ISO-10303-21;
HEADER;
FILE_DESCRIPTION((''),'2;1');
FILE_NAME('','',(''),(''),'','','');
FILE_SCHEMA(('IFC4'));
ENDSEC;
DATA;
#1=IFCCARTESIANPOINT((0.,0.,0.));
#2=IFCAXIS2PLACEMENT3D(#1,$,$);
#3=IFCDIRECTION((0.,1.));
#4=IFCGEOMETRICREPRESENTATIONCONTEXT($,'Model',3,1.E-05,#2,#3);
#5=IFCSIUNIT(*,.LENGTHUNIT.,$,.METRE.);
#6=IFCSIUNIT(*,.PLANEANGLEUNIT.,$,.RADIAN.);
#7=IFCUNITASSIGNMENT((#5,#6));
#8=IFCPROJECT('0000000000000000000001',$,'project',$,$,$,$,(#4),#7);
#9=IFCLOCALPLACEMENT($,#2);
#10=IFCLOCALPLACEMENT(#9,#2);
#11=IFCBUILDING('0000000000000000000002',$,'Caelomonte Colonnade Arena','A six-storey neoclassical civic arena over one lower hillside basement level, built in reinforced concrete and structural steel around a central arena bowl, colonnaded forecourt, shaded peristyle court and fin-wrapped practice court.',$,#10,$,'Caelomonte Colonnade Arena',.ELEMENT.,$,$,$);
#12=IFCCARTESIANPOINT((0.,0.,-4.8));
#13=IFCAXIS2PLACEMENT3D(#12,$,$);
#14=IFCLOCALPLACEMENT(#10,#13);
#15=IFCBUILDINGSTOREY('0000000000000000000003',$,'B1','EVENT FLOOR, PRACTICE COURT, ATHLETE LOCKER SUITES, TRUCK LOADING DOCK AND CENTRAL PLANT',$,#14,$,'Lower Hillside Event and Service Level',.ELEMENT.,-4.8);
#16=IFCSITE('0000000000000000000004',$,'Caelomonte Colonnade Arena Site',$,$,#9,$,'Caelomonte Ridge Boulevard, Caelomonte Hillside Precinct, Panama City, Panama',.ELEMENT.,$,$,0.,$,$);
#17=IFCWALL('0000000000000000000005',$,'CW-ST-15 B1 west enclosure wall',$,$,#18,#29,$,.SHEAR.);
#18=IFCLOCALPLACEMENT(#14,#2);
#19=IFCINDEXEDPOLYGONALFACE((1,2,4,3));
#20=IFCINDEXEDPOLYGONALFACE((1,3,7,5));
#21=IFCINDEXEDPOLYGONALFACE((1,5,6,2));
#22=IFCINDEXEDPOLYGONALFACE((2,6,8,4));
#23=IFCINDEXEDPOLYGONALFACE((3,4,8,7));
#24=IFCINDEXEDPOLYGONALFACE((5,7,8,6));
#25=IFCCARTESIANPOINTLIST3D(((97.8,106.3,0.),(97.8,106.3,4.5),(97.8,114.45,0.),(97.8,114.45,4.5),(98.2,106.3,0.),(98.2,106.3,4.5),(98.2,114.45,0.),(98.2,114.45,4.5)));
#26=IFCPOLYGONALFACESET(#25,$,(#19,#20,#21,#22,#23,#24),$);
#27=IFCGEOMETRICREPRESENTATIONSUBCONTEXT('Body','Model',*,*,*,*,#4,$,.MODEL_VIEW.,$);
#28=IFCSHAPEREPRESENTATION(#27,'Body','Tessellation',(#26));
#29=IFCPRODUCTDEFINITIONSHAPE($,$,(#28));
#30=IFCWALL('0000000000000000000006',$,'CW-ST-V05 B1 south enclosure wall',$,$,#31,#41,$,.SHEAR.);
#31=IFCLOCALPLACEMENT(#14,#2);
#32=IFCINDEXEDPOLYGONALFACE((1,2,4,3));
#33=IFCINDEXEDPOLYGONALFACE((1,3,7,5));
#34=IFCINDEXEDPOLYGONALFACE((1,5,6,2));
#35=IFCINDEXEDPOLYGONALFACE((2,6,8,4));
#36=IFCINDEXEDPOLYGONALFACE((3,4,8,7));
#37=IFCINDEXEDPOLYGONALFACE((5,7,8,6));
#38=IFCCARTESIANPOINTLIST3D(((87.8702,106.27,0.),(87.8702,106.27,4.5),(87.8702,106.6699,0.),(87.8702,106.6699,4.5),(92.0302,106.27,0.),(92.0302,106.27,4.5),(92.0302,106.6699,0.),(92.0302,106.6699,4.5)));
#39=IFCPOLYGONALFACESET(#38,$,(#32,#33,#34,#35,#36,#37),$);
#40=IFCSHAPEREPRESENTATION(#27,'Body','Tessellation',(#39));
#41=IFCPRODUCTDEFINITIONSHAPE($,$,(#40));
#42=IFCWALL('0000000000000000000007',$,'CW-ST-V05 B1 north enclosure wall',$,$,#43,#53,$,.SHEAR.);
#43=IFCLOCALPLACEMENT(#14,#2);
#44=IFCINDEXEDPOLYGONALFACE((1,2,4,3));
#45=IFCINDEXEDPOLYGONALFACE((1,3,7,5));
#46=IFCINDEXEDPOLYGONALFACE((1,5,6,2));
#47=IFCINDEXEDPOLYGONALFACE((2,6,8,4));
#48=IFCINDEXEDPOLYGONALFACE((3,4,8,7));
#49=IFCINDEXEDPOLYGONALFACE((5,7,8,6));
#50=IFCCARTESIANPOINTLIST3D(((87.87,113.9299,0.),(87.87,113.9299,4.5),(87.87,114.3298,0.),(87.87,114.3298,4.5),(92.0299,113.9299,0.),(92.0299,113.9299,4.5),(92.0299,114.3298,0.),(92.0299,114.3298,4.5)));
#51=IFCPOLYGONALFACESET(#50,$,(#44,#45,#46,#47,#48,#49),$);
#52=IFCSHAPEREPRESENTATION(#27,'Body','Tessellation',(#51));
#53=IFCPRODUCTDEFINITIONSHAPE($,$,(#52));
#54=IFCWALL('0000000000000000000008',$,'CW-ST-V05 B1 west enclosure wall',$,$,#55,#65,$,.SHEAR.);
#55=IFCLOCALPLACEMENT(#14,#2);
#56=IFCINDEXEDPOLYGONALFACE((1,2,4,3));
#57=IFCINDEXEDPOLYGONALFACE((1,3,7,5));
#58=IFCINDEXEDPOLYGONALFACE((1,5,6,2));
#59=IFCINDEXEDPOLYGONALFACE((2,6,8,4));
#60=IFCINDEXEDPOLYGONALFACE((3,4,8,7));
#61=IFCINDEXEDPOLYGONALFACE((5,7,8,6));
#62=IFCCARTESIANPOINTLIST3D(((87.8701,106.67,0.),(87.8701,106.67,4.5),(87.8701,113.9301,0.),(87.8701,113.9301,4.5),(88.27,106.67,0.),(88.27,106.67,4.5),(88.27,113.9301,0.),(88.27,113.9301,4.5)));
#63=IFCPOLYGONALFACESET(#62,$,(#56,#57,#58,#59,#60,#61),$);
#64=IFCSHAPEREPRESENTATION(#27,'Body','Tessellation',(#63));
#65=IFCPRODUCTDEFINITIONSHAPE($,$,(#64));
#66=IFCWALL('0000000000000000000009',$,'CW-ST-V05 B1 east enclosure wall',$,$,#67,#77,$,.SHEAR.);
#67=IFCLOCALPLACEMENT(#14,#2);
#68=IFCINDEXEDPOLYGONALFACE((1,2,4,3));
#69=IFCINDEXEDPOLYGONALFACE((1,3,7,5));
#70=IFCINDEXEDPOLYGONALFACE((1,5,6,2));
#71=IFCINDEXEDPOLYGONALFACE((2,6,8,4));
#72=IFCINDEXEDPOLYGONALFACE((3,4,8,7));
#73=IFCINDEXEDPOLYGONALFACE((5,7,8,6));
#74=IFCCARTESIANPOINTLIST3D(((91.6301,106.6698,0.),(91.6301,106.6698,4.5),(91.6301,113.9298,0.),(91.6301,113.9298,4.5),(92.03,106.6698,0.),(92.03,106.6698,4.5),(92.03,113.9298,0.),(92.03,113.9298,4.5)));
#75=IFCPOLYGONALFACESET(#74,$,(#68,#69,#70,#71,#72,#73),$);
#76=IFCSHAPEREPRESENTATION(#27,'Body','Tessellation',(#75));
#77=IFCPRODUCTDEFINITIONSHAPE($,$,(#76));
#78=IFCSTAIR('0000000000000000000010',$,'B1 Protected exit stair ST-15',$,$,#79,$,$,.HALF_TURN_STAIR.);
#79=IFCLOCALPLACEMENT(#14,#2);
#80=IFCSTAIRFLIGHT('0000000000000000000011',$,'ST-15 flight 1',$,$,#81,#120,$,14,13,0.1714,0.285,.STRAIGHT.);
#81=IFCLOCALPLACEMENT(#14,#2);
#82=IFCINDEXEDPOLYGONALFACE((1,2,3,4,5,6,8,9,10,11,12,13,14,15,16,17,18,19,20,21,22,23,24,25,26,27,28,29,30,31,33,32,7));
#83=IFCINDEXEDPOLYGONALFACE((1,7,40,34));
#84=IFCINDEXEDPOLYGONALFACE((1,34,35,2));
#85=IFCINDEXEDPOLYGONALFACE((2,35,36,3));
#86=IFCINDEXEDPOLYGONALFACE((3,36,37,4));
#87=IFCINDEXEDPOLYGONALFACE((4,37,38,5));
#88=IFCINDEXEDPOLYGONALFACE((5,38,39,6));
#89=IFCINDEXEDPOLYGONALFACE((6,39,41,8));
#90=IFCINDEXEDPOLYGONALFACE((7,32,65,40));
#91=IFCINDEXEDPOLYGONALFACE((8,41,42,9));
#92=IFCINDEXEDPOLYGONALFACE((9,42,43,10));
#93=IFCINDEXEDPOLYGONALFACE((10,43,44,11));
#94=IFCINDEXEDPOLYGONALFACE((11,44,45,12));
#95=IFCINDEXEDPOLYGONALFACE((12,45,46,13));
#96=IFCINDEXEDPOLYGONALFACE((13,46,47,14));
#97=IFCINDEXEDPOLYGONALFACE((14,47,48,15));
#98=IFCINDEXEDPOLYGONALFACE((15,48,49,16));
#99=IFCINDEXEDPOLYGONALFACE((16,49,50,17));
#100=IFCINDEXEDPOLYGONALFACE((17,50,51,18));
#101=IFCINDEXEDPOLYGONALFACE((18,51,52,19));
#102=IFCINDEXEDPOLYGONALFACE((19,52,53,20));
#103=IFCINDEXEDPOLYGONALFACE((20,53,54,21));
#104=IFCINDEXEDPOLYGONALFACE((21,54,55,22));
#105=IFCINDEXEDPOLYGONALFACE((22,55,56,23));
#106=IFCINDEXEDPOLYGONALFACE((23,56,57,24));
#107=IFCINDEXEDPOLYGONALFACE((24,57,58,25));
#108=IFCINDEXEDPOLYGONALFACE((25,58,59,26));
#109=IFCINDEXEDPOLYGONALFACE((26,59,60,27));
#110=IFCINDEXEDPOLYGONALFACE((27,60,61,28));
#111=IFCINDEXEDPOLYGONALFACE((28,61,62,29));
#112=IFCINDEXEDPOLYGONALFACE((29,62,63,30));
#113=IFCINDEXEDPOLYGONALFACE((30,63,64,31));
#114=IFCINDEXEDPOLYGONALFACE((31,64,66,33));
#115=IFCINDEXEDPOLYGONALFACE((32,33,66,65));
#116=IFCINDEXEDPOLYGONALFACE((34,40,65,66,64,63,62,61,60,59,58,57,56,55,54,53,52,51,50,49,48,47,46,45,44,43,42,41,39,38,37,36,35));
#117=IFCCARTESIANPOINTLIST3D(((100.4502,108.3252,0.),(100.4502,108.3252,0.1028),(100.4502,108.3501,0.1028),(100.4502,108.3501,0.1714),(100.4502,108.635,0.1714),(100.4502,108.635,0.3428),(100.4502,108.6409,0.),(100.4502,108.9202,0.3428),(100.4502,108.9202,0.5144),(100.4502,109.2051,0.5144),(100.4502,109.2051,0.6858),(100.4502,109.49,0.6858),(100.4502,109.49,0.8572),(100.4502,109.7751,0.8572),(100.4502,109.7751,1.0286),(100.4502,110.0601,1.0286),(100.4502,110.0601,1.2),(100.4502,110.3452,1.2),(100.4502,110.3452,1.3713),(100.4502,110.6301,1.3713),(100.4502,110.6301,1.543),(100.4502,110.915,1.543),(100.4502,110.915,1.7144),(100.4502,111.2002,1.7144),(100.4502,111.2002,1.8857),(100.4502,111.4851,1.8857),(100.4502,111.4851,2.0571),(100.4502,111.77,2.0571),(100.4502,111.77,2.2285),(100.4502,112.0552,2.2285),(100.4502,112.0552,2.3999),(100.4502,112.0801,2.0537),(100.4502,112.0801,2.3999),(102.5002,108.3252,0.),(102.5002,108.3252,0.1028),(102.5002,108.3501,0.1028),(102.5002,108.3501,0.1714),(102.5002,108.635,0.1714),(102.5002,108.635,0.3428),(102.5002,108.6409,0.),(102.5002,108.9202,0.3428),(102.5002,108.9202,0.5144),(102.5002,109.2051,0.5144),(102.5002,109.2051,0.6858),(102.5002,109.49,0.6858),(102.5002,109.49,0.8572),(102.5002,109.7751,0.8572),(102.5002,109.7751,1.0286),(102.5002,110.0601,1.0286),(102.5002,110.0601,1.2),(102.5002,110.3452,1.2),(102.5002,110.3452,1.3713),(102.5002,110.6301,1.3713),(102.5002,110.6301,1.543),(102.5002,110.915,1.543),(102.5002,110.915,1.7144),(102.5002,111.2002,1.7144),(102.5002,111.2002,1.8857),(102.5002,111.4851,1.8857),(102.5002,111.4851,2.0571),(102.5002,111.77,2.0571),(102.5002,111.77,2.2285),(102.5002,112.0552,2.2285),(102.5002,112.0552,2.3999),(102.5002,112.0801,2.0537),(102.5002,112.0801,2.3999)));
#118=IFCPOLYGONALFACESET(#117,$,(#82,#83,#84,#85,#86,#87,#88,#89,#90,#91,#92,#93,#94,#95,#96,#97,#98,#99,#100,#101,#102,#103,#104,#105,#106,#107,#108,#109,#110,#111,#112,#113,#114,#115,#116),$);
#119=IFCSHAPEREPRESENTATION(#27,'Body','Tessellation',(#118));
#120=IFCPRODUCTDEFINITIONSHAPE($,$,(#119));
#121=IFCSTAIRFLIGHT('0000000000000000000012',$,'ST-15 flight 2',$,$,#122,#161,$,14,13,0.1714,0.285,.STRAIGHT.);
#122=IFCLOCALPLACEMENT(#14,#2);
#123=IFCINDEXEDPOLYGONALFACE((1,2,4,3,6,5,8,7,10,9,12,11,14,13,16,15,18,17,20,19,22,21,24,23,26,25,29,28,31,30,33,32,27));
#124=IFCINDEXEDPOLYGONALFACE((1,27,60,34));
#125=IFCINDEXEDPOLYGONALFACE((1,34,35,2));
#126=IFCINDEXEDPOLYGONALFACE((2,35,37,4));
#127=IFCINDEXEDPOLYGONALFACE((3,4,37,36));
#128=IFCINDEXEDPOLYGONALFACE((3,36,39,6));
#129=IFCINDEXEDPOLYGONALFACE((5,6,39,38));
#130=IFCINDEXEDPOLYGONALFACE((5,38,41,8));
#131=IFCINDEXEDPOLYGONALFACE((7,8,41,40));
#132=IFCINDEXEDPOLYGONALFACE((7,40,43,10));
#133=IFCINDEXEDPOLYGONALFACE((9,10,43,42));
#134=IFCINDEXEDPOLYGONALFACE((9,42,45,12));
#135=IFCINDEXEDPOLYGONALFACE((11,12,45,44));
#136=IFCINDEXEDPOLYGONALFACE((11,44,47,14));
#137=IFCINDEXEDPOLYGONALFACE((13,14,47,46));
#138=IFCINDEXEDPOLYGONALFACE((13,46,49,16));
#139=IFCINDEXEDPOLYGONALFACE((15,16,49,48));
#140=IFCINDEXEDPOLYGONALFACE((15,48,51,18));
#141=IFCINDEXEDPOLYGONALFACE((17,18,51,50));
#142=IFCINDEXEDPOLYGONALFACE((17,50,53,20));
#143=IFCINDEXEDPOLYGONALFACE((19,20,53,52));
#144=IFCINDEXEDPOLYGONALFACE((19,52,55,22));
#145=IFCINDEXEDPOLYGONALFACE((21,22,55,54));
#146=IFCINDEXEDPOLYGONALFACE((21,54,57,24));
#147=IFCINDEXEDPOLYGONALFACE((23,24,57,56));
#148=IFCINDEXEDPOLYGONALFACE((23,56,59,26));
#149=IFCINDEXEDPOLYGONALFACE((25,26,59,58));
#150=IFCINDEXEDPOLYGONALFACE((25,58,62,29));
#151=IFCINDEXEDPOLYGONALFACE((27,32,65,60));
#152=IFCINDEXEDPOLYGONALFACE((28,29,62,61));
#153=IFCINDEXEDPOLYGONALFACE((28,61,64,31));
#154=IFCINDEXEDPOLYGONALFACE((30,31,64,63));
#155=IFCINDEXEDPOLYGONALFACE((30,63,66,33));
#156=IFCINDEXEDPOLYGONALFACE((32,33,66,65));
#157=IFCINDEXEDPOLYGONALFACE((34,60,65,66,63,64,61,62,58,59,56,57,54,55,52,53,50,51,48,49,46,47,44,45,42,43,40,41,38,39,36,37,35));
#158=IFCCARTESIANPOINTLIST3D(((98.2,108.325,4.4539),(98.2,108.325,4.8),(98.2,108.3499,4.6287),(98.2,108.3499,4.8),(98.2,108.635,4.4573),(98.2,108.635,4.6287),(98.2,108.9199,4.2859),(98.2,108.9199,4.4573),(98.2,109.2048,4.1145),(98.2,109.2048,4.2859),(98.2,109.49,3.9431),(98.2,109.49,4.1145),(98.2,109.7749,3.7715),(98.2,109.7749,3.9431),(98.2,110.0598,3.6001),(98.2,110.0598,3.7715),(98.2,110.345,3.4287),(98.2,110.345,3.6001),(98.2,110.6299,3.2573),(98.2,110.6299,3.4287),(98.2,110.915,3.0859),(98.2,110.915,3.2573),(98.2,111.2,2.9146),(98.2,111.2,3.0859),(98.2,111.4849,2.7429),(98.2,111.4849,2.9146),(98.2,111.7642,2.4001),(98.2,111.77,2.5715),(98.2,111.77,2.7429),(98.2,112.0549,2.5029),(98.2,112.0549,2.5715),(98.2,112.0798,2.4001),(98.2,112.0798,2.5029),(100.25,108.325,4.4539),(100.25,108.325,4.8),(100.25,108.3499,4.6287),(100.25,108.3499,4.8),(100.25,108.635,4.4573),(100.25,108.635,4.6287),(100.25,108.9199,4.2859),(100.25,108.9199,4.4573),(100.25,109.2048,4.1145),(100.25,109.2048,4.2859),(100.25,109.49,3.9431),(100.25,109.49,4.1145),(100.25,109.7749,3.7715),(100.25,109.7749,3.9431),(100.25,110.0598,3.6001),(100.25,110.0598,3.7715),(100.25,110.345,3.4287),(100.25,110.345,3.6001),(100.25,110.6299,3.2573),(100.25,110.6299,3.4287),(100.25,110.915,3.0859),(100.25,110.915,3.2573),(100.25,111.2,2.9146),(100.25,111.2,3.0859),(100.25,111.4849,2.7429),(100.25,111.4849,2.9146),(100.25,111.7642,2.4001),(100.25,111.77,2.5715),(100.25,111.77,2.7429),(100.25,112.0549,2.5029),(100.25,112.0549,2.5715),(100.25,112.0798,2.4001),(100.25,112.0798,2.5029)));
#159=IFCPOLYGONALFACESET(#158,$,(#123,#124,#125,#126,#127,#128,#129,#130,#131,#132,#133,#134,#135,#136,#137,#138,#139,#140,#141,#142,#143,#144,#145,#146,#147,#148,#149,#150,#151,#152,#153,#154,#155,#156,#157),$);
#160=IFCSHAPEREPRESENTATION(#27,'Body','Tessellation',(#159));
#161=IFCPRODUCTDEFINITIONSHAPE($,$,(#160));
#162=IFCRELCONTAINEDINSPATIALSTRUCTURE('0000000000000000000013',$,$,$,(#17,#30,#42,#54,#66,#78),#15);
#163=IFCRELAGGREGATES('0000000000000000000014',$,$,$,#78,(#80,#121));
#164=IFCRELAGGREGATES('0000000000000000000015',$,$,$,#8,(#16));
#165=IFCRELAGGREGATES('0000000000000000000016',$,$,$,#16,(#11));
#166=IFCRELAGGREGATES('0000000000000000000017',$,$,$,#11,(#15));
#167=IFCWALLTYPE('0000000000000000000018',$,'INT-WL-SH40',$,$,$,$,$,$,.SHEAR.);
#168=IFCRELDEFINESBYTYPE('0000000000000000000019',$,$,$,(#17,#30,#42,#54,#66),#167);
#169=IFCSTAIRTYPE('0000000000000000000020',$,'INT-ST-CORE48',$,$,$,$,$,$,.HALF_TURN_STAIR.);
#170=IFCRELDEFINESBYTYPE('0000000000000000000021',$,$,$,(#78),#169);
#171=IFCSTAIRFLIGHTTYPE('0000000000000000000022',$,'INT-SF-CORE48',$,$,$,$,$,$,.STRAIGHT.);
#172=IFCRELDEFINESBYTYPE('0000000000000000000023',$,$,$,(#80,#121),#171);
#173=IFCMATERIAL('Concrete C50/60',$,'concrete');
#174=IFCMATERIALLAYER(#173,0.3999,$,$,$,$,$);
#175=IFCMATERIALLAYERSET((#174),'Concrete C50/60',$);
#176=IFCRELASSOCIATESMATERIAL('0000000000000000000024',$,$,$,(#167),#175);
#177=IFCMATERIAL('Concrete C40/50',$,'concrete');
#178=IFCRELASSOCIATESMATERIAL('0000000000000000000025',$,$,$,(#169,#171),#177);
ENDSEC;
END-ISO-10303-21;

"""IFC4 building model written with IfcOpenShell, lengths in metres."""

from ifc_helpers import new_model, si_unit, direction, frame, frame_2d, origin, place, context, subcontext, project, spatial, polyline, rectangle, outline, extrude, material, layer, layer_set, type_object, element, aggregate, save


model = new_model("IFC4")

# Units and contexts
model_context = context("Model", 3, precision=1e-05, world=origin(), true_north=direction((0.0, 1.0)))
body_context = subcontext(model_context, "Body", "Model", "MODEL_VIEW")
ifc_project = project(units=[si_unit("LENGTHUNIT", "METRE"), si_unit("PLANEANGLEUNIT", "RADIAN")], contexts=[model_context])

# Site, building, storey
site_placement = place(None, origin())
site = spatial("IfcSite", under=ifc_project, at=site_placement, Name="Caelomonte Colonnade Arena Site", LongName="Caelomonte Ridge Boulevard, Caelomonte Hillside Precinct, Panama City, Panama", CompositionType="ELEMENT", RefElevation=0.0)
building_placement = place(site_placement, origin())
building = spatial("IfcBuilding", under=site, at=building_placement, Name="Caelomonte Colonnade Arena", Description="A six-storey neoclassical civic arena over one lower hillside basement level, built in reinforced concrete and structural steel around a central arena bowl, colonnaded forecourt, shaded peristyle court and fin-wrapped practice court.", LongName="Caelomonte Colonnade Arena", CompositionType="ELEMENT")
storey_placement = place(building_placement, frame((0.0, 0.0, -4.8)))
storey = spatial("IfcBuildingStorey", under=building, at=storey_placement, Name="B1", Description="EVENT FLOOR, PRACTICE COURT, ATHLETE LOCKER SUITES, TRUCK LOADING DOCK AND CENTRAL PLANT", LongName="Lower Hillside Event and Service Level", CompositionType="ELEMENT", Elevation=-4.8)

# Shared definitions
ifc_material_1 = material(Name="Concrete C40/50", Category="concrete")

# Shared definitions
ifc_material_2 = material(Name="Concrete C50/60", Category="concrete")

# Shared definitions
ifc_layer_1 = layer(ifc_material_2, 0.3999)
ifc_layer_set_1 = layer_set([ifc_layer_1], Name="Concrete C50/60")
wall_type_1 = type_object("IfcWallType", Name="INT-WL-SH40", PredefinedType="SHEAR", material=ifc_layer_set_1)

# Walls
wall_1_placement = place(storey_placement, frame((98.0, 114.45, 0.0), z_axis=(0.0, 0.0, 1.0), x_axis=(0.0, -1.0, 0.0)))
element("IfcWall", 1, at=wall_1_placement, inside=storey, type_object=wall_type_1, Name="CW-ST-15 B1 west enclosure wall", PredefinedType="SHEAR", context=body_context, shape_type="SweptSolid", body=[
    extrude(rectangle(XDim=8.1499, YDim=0.3999, at=frame_2d((4.075, 0.0))), origin(), (0.0, 0.0, 1.0), 4.5),
])
for number, where, z_axis, x_axis, name in (
    (2, (87.8701, 106.47, 0.0), (0.0, 0.0, 1.0), (1.0, 0.0, 0.0), "CW-ST-V05 B1 south enclosure wall"),
    (3, (92.03, 114.1299, 0.0), (0.0, 0.0, 1.0), (-1.0, 0.0, 0.0), "CW-ST-V05 B1 north enclosure wall"),
):
    element("IfcWall", number, at=place(storey_placement, frame(where, z_axis=z_axis, x_axis=x_axis)), inside=storey, type_object=wall_type_1, Name=name, PredefinedType="SHEAR", context=body_context, shape_type="SweptSolid", body=[
        extrude(rectangle(XDim=4.1599, YDim=0.3999, at=frame_2d((2.0801, 0.0))), origin(), (0.0, 0.0, 1.0), 4.5),
    ])
for number, where, z_axis, x_axis, name in (
    (4, (88.0701, 113.9299, 0.0), (0.0, 0.0, 1.0), (0.0, -1.0, 0.0), "CW-ST-V05 B1 west enclosure wall"),
    (5, (91.8301, 106.6699, 0.0), (0.0, 0.0, 1.0), (0.0, 1.0, 0.0), "CW-ST-V05 B1 east enclosure wall"),
):
    element("IfcWall", number, at=place(storey_placement, frame(where, z_axis=z_axis, x_axis=x_axis)), inside=storey, type_object=wall_type_1, Name=name, PredefinedType="SHEAR", context=body_context, shape_type="SweptSolid", body=[
        extrude(rectangle(XDim=7.26, YDim=0.3999, at=frame_2d((3.6299, 0.0))), origin(), (0.0, 0.0, 1.0), 4.5),
    ])

# Stair, stair flights
stair_type = type_object("IfcStairType", Name="INT-ST-CORE48", PredefinedType="HALF_TURN_STAIR", material=ifc_material_1)
stair_placement = place(storey_placement, origin())
stair = element("IfcStair", 6, at=stair_placement, inside=storey, type_object=stair_type, Name="B1 Protected exit stair ST-15", PredefinedType="HALF_TURN_STAIR")
stair_flight_type = type_object("IfcStairFlightType", Name="INT-SF-CORE48", PredefinedType="STRAIGHT", material=ifc_material_1)
stair_flight_1_placement = place(storey_placement, frame((101.4751, 108.3501, 0.0), z_axis=(0.0, 0.0, 1.0), x_axis=(0.0, 1.0, 0.0)))
stair_flight_1 = element("IfcStairFlight", 7, at=stair_flight_1_placement, type_object=stair_flight_type, Name="ST-15 flight 1", NumberOfRisers=14, NumberOfTreads=13, PredefinedType="STRAIGHT", RiserHeight=0.1714, TreadLength=0.285, context=body_context, shape_type="SweptSolid", body=[
    extrude(outline(polyline([(-0.0249, 0.0), (-0.0249, 0.1028), (0.0, 0.1028), (0.0, 0.1714), (0.2849, 0.1714), (0.2849, 0.3428), (0.5701, 0.3428), (0.5701, 0.5144), (0.855, 0.5144), (0.855, 0.6858), (1.1399, 0.6858), (1.1399, 0.8572), (1.425, 0.8572), (1.425, 1.0286), (1.71, 1.0286), (1.71, 1.2), (1.9951, 1.2), (1.9951, 1.3713), (2.28, 1.3713), (2.28, 1.543), (2.5649, 1.543), (2.5649, 1.7144), (2.8501, 1.7144), (2.8501, 1.8857), (3.135, 1.8857), (3.135, 2.0571), (3.4199, 2.0571), (3.4199, 2.2285), (3.7051, 2.2285), (3.7051, 2.3999), (3.73, 2.3999), (3.73, 2.0537), (0.2908, 0.0), (-0.0249, 0.0)])), frame((0.0, 1.0249, 0.0), z_axis=(0.0, -1.0, 0.0), x_axis=(1.0, 0.0, 0.0)), (0.0, 0.0, 1.0), 2.05),
])
stair_flight_2_placement = place(storey_placement, frame((99.2251, 112.0549, 2.4001), z_axis=(0.0, 0.0, 1.0), x_axis=(0.0, -1.0, 0.0)))
stair_flight_2 = element("IfcStairFlight", 8, at=stair_flight_2_placement, type_object=stair_flight_type, Name="ST-15 flight 2", NumberOfRisers=14, NumberOfTreads=13, PredefinedType="STRAIGHT", RiserHeight=0.1714, TreadLength=0.285, context=body_context, shape_type="SweptSolid", body=[
    extrude(outline(polyline([(-0.0249, 0.0), (-0.0249, 0.1028), (0.0, 0.1028), (0.0, 0.1714), (0.2849, 0.1714), (0.2849, 0.3428), (0.5701, 0.3428), (0.5701, 0.5144), (0.855, 0.5144), (0.855, 0.6858), (1.1399, 0.6858), (1.1399, 0.8572), (1.425, 0.8572), (1.425, 1.0286), (1.71, 1.0286), (1.71, 1.2), (1.9951, 1.2), (1.9951, 1.3713), (2.28, 1.3713), (2.28, 1.543), (2.5649, 1.543), (2.5649, 1.7144), (2.8501, 1.7144), (2.8501, 1.8857), (3.135, 1.8857), (3.135, 2.0571), (3.4199, 2.0571), (3.4199, 2.2285), (3.7051, 2.2285), (3.7051, 2.3999), (3.73, 2.3999), (3.73, 2.0537), (0.2908, 0.0), (-0.0249, 0.0)])), frame((0.0, 1.0249, 0.0), z_axis=(0.0, -1.0, 0.0), x_axis=(1.0, 0.0, 0.0)), (0.0, 0.0, 1.0), 2.05),
])
aggregate(stair, [stair_flight_1, stair_flight_2])

save(model, "model.ifc")
